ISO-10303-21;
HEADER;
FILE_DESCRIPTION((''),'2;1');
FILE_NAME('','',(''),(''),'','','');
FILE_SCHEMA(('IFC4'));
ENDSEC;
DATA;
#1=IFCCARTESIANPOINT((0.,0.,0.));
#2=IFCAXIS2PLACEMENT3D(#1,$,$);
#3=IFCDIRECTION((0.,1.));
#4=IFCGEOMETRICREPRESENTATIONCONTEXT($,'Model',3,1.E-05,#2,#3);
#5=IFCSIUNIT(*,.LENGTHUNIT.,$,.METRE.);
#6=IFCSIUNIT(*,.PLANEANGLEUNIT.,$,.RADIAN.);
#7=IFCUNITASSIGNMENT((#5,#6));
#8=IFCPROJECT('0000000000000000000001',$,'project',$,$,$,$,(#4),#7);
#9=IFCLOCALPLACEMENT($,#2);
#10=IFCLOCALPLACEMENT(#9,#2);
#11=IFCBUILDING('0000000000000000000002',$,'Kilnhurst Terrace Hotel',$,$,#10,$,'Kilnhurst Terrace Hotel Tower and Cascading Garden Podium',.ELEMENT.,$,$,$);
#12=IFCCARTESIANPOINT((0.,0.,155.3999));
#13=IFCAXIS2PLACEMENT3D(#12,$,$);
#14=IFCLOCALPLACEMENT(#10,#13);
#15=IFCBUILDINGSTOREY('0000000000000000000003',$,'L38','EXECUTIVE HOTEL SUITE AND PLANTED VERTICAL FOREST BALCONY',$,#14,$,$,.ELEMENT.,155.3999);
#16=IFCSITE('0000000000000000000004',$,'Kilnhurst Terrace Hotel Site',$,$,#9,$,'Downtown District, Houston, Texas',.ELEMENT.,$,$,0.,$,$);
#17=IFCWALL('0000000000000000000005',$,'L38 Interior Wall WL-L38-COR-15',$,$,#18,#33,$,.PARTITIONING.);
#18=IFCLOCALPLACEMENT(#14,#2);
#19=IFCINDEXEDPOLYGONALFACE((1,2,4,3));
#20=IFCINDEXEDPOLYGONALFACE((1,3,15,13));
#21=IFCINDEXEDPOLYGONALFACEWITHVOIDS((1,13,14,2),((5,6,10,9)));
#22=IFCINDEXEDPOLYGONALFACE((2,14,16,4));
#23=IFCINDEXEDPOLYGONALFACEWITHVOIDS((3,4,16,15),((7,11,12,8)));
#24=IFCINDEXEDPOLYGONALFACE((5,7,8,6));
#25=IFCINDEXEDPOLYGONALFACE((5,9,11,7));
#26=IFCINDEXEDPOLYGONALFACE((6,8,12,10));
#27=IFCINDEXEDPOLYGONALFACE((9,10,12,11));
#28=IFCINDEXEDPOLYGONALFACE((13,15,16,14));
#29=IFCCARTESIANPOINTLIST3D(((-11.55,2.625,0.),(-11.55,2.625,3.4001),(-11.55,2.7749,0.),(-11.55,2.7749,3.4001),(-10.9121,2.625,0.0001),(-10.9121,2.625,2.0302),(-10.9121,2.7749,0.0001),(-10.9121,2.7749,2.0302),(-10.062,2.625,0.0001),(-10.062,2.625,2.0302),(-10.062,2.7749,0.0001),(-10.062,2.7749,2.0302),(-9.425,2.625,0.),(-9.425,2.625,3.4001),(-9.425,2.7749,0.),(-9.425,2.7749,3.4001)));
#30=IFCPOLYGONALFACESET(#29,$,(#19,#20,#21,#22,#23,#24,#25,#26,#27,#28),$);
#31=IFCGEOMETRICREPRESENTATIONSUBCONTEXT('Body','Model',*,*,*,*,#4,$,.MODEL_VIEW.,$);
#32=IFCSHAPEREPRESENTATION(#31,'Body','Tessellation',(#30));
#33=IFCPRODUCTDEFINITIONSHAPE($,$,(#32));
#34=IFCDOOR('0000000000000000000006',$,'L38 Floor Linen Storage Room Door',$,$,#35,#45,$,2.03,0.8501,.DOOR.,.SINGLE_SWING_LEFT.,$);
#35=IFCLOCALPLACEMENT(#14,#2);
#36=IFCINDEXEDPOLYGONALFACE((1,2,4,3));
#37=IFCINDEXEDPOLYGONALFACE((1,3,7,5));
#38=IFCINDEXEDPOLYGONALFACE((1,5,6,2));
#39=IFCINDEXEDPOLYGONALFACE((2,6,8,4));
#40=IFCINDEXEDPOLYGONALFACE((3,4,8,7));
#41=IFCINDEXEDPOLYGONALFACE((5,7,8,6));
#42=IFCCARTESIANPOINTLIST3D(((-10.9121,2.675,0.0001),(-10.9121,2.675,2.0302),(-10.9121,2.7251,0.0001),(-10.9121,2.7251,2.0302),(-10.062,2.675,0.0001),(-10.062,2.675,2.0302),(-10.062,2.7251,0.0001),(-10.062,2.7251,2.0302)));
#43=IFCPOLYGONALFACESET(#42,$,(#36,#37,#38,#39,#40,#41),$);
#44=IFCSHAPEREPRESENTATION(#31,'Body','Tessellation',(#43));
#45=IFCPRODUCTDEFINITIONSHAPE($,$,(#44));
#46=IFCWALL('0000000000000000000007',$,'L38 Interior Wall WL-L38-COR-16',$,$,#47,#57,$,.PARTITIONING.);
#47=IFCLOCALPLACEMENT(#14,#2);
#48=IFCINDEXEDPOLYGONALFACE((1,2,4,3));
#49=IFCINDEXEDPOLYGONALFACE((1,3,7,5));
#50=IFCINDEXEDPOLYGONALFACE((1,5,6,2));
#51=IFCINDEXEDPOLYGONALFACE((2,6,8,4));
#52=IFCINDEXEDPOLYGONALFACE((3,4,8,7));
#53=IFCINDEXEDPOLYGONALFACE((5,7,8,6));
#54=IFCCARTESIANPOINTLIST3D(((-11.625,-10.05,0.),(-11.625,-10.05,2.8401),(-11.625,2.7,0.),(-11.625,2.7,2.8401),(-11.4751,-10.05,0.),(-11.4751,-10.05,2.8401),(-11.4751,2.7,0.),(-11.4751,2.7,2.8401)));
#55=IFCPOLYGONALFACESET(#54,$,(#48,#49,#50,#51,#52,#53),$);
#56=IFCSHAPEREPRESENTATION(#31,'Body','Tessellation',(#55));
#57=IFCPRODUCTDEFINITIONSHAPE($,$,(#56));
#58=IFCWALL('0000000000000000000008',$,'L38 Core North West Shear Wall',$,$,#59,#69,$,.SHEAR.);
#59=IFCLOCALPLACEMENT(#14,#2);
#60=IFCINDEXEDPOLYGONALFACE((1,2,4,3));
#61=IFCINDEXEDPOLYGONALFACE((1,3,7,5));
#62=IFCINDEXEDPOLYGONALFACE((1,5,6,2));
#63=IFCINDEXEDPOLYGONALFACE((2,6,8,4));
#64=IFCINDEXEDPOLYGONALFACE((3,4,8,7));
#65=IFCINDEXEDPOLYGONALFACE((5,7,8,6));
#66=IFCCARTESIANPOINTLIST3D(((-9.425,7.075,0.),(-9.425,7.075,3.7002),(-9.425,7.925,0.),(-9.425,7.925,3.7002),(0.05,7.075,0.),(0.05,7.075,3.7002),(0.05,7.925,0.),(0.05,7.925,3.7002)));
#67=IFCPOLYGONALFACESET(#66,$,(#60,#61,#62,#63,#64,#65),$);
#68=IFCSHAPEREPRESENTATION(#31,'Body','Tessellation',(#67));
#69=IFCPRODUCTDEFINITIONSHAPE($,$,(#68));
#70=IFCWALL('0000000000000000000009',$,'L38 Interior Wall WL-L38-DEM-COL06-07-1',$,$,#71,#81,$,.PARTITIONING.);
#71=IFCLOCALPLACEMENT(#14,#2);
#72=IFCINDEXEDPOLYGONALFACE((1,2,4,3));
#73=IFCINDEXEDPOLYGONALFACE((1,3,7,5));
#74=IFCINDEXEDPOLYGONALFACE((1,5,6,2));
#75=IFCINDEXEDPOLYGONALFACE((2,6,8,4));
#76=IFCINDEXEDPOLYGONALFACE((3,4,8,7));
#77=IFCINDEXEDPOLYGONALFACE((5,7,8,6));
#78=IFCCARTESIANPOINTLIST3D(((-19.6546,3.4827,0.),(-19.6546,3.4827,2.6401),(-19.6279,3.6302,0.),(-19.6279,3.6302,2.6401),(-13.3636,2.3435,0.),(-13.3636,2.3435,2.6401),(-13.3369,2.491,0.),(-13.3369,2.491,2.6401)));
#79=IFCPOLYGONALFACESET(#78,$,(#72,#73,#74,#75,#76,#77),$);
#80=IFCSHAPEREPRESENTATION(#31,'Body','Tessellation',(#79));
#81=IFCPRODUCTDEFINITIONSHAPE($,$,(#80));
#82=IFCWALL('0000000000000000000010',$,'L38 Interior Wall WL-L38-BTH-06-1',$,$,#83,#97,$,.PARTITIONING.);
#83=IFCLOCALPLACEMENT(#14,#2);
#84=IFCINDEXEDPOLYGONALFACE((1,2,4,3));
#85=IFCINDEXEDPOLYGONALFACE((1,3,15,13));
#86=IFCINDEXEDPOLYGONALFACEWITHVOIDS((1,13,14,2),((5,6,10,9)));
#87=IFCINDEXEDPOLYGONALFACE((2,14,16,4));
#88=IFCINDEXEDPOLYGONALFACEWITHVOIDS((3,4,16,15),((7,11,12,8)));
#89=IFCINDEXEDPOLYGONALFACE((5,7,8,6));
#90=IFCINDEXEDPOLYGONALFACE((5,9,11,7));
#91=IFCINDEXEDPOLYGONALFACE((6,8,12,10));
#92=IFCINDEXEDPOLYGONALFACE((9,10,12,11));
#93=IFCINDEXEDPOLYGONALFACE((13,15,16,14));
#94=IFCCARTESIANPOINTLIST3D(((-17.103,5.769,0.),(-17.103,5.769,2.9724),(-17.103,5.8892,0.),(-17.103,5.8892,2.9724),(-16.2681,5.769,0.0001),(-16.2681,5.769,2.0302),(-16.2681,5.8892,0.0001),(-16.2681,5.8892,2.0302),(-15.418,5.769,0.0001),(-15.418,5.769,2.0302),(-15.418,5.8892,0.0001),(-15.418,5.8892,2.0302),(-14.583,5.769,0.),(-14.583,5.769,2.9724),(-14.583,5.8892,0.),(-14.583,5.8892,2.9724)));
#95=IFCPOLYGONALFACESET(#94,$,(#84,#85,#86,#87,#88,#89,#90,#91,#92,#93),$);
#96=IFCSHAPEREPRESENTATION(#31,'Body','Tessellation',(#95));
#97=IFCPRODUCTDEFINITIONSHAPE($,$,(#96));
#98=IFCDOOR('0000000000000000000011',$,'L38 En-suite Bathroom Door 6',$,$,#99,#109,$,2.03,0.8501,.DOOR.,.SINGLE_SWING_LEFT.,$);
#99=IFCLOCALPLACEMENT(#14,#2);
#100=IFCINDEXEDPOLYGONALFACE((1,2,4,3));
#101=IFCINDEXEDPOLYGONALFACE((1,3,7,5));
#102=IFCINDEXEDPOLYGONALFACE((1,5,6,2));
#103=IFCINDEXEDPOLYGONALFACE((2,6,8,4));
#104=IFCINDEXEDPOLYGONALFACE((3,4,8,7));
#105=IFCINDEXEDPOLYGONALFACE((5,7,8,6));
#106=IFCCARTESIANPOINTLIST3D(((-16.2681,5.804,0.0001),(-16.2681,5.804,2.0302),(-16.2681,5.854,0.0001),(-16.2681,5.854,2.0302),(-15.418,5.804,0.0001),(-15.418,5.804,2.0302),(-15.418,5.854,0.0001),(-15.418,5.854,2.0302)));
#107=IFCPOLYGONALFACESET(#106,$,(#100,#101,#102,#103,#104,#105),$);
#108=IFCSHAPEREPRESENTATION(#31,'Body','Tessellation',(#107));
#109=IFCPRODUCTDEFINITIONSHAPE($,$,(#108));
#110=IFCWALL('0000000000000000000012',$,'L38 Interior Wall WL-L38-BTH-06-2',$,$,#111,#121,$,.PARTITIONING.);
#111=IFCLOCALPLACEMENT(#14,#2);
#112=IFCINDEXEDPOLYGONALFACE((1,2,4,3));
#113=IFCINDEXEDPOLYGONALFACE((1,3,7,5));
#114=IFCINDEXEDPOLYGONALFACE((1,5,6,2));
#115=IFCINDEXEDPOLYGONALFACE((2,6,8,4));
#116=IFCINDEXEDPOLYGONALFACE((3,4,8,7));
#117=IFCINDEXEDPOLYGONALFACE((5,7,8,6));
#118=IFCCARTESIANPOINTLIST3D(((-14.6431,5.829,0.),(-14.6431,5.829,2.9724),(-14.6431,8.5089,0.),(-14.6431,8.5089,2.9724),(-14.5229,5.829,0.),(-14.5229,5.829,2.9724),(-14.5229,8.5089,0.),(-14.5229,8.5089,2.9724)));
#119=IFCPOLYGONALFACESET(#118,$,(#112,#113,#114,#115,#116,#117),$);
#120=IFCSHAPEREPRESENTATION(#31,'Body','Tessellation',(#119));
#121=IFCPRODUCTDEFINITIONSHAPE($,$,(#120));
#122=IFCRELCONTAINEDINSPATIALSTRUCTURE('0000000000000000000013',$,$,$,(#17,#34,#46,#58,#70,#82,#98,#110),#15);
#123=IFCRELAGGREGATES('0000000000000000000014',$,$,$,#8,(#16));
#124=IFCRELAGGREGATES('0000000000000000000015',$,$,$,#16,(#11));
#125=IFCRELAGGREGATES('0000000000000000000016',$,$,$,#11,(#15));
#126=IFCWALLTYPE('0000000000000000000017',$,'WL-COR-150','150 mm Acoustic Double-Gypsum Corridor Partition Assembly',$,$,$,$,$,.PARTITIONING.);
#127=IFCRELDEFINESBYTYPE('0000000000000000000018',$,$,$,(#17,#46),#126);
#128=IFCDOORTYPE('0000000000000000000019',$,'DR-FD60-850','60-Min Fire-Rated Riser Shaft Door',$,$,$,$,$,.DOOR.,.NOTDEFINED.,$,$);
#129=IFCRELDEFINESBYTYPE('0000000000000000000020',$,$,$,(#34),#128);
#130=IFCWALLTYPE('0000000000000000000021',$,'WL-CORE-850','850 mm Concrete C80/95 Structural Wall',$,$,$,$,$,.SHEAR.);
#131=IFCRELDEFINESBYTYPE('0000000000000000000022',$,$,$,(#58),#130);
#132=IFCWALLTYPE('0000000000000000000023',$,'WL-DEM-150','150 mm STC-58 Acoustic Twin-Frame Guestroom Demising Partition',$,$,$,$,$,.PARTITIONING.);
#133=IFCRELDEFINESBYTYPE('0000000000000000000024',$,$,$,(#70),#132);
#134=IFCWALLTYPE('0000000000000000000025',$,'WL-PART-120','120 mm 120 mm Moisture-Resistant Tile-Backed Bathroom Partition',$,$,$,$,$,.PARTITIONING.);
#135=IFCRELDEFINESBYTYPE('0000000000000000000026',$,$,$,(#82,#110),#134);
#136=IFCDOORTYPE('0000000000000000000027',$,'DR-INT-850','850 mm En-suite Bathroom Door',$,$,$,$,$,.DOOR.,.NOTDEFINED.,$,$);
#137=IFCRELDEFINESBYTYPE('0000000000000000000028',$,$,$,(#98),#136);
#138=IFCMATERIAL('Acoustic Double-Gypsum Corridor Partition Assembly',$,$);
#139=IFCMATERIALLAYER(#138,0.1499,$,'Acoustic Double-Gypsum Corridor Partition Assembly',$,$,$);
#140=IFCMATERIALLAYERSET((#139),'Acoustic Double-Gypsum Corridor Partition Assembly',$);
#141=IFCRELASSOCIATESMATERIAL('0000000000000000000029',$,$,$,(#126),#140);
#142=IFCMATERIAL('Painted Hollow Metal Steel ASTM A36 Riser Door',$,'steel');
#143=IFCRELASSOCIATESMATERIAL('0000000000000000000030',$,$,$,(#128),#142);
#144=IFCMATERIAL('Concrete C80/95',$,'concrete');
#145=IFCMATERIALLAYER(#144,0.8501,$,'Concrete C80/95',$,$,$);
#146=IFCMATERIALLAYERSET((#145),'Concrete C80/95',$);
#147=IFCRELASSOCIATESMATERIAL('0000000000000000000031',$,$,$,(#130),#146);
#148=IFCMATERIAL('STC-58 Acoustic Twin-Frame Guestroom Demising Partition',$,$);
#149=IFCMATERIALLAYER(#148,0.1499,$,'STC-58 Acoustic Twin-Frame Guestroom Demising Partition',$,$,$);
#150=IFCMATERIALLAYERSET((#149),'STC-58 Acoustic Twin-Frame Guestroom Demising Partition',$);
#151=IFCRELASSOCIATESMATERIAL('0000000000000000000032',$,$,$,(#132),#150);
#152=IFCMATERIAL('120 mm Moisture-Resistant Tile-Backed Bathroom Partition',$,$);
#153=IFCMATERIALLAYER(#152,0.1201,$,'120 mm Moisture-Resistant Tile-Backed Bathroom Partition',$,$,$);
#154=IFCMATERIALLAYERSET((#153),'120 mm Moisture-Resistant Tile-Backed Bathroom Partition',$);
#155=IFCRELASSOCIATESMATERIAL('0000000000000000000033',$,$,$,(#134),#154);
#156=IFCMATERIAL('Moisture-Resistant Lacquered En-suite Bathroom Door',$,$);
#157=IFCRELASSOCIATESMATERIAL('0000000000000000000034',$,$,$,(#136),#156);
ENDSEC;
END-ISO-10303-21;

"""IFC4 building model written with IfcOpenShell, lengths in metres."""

from ifc_helpers import new_model, si_unit, direction, frame, frame_2d, origin, place, context, subcontext, project, spatial, rectangle, extrude, material, layer, layer_set, type_object, element, fill, save


model = new_model("IFC4")

# Units and contexts
model_context = context("Model", 3, precision=1e-05, world=origin(), true_north=direction((0.0, 1.0)))
body_context = subcontext(model_context, "Body", "Model", "MODEL_VIEW")
ifc_project = project(units=[si_unit("LENGTHUNIT", "METRE"), si_unit("PLANEANGLEUNIT", "RADIAN")], contexts=[model_context])

# Site, building, storey
site_placement = place(None, origin())
site = spatial("IfcSite", under=ifc_project, at=site_placement, Name="Kilnhurst Terrace Hotel Site", LongName="Downtown District, Houston, Texas", CompositionType="ELEMENT", RefElevation=0.0)
building_placement = place(site_placement, origin())
building = spatial("IfcBuilding", under=site, at=building_placement, Name="Kilnhurst Terrace Hotel", LongName="Kilnhurst Terrace Hotel Tower and Cascading Garden Podium", CompositionType="ELEMENT")
storey_placement = place(building_placement, frame((0.0, 0.0, 155.3999)))
storey = spatial("IfcBuildingStorey", under=building, at=storey_placement, Name="L38", Description="EXECUTIVE HOTEL SUITE AND PLANTED VERTICAL FOREST BALCONY", CompositionType="ELEMENT", Elevation=155.3999)

# Shared definitions
ifc_material_1 = material(Name="Concrete C80/95", Category="concrete")

# Shared definitions
ifc_material_2 = material(Name="Acoustic Double-Gypsum Corridor Partition Assembly")
ifc_layer_1 = layer(ifc_material_2, 0.1499, Name="Acoustic Double-Gypsum Corridor Partition Assembly")
ifc_layer_set_1 = layer_set([ifc_layer_1], Name="Acoustic Double-Gypsum Corridor Partition Assembly")
wall_type_1 = type_object("IfcWallType", Name="WL-COR-150", Description="150 mm Acoustic Double-Gypsum Corridor Partition Assembly", PredefinedType="PARTITIONING", material=ifc_layer_set_1)

# Wall, opening, door
wall_1_placement = place(storey_placement, frame((-9.425, 2.7, 0.0), z_axis=(0.0, 0.0, 1.0), x_axis=(-1.0, 0.0, 0.0)))
wall_1 = element("IfcWall", 1, at=wall_1_placement, inside=storey, type_object=wall_type_1, Name="L38 Interior Wall WL-L38-COR-15", PredefinedType="PARTITIONING", context=body_context, shape_type="SweptSolid", body=[
    extrude(rectangle(XDim=2.125, YDim=0.1499, at=frame_2d((1.0625, 0.0))), origin(), (0.0, 0.0, 1.0), 3.4001),
])
opening_1_placement = place(wall_1_placement, frame((0.637, 0.0, 0.0)))
opening_1 = element("IfcOpeningElement", 2, at=opening_1_placement, cuts=wall_1, PredefinedType="OPENING", context=body_context, shape_type="SweptSolid", body=[
    extrude(rectangle(XDim=0.8501, YDim=2.03, at=frame_2d((0.425, 1.0151))), frame((0.0, 0.085, 0.0), z_axis=(0.0, -1.0, 0.0), x_axis=(1.0, 0.0, 0.0)), (0.0, 0.0, 1.0), 0.1699),
])
ifc_material_3 = material(Name="Painted Hollow Metal Steel ASTM A36 Riser Door", Category="steel")
door_type_1 = type_object("IfcDoorType", Name="DR-FD60-850", Description="60-Min Fire-Rated Riser Shaft Door", OperationType="NOTDEFINED", PredefinedType="DOOR", material=ifc_material_3)
door_1_placement = place(opening_1_placement, origin())
door_1 = element("IfcDoor", 3, at=door_1_placement, inside=storey, type_object=door_type_1, Name="L38 Floor Linen Storage Room Door", OperationType="SINGLE_SWING_LEFT", OverallHeight=2.03, OverallWidth=0.8501, PredefinedType="DOOR", context=body_context, shape_type="SweptSolid", body=[
    extrude(rectangle(XDim=0.8501, YDim=2.03, at=frame_2d((0.425, 1.0151))), frame((0.0, 0.0249, 0.0), z_axis=(0.0, -1.0, 0.0), x_axis=(1.0, 0.0, 0.0)), (0.0, 0.0, 1.0), 0.05),
])
fill(opening_1, door_1)

# Walls
wall_2_placement = place(storey_placement, frame((-11.55, 2.7, 0.0), z_axis=(0.0, 0.0, 1.0), x_axis=(0.0, -1.0, 0.0)))
element("IfcWall", 4, at=wall_2_placement, inside=storey, type_object=wall_type_1, Name="L38 Interior Wall WL-L38-COR-16", PredefinedType="PARTITIONING", context=body_context, shape_type="SweptSolid", body=[
    extrude(rectangle(XDim=12.75, YDim=0.1499, at=frame_2d((6.375, 0.0))), origin(), (0.0, 0.0, 1.0), 2.8401),
])
ifc_layer_2 = layer(ifc_material_1, 0.8501, Name="Concrete C80/95")
ifc_layer_set_2 = layer_set([ifc_layer_2], Name="Concrete C80/95")
wall_type_2 = type_object("IfcWallType", Name="WL-CORE-850", Description="850 mm Concrete C80/95 Structural Wall", PredefinedType="SHEAR", material=ifc_layer_set_2)
wall_3_placement = place(storey_placement, frame((-9.425, 7.5, 0.0), z_axis=(0.0, 0.0, 1.0), x_axis=(1.0, 0.0, 0.0)))
element("IfcWall", 5, at=wall_3_placement, inside=storey, type_object=wall_type_2, Name="L38 Core North West Shear Wall", PredefinedType="SHEAR", context=body_context, shape_type="SweptSolid", body=[
    extrude(rectangle(XDim=9.4751, YDim=0.8501, at=frame_2d((4.7375, 0.0))), origin(), (0.0, 0.0, 1.0), 3.7002),
])
ifc_material_4 = material(Name="STC-58 Acoustic Twin-Frame Guestroom Demising Partition")
ifc_layer_3 = layer(ifc_material_4, 0.1499, Name="STC-58 Acoustic Twin-Frame Guestroom Demising Partition")
ifc_layer_set_3 = layer_set([ifc_layer_3], Name="STC-58 Acoustic Twin-Frame Guestroom Demising Partition")
wall_type_3 = type_object("IfcWallType", Name="WL-DEM-150", Description="150 mm STC-58 Acoustic Twin-Frame Guestroom Demising Partition", PredefinedType="PARTITIONING", material=ifc_layer_set_3)
wall_4_placement = place(storey_placement, frame((-13.3501, 2.4172, 0.0), z_axis=(0.0, 0.0, 1.0), x_axis=(-0.983998, 0.17818, 0.0)))
element("IfcWall", 6, at=wall_4_placement, inside=storey, type_object=wall_type_3, Name="L38 Interior Wall WL-L38-DEM-COL06-07-1", PredefinedType="PARTITIONING", context=body_context, shape_type="SweptSolid", body=[
    extrude(rectangle(XDim=6.3933, YDim=0.1499, at=frame_2d((3.1968, 0.0))), origin(), (0.0, 0.0, 1.0), 2.6401),
])

# Wall, opening, door
ifc_material_5 = material(Name="120 mm Moisture-Resistant Tile-Backed Bathroom Partition")
ifc_layer_4 = layer(ifc_material_5, 0.1201, Name="120 mm Moisture-Resistant Tile-Backed Bathroom Partition")
ifc_layer_set_4 = layer_set([ifc_layer_4], Name="120 mm Moisture-Resistant Tile-Backed Bathroom Partition")
wall_type_4 = type_object("IfcWallType", Name="WL-PART-120", Description="120 mm 120 mm Moisture-Resistant Tile-Backed Bathroom Partition", PredefinedType="PARTITIONING", material=ifc_layer_set_4)
wall_5_placement = place(storey_placement, frame((-17.103, 5.8291, 0.0), z_axis=(0.0, 0.0, 1.0), x_axis=(1.0, 0.0, 0.0)))
wall_5 = element("IfcWall", 7, at=wall_5_placement, inside=storey, type_object=wall_type_4, Name="L38 Interior Wall WL-L38-BTH-06-1", PredefinedType="PARTITIONING", context=body_context, shape_type="SweptSolid", body=[
    extrude(rectangle(XDim=2.52, YDim=0.1201, at=frame_2d((1.26, 0.0))), origin(), (0.0, 0.0, 1.0), 2.9724),
])
opening_2_placement = place(wall_5_placement, frame((0.835, 0.0, 0.0)))
opening_2 = element("IfcOpeningElement", 8, at=opening_2_placement, cuts=wall_5, PredefinedType="OPENING", context=body_context, shape_type="SweptSolid", body=[
    extrude(rectangle(XDim=0.8501, YDim=2.03, at=frame_2d((0.425, 1.0151))), frame((0.0, 0.0701, 0.0), z_axis=(0.0, -1.0, 0.0), x_axis=(1.0, 0.0, 0.0)), (0.0, 0.0, 1.0), 0.1401),
])
ifc_material_6 = material(Name="Moisture-Resistant Lacquered En-suite Bathroom Door")
door_type_2 = type_object("IfcDoorType", Name="DR-INT-850", Description="850 mm En-suite Bathroom Door", OperationType="NOTDEFINED", PredefinedType="DOOR", material=ifc_material_6)
door_2_placement = place(opening_2_placement, origin())
door_2 = element("IfcDoor", 9, at=door_2_placement, inside=storey, type_object=door_type_2, Name="L38 En-suite Bathroom Door 6", OperationType="SINGLE_SWING_LEFT", OverallHeight=2.03, OverallWidth=0.8501, PredefinedType="DOOR", context=body_context, shape_type="SweptSolid", body=[
    extrude(rectangle(XDim=0.8501, YDim=2.03, at=frame_2d((0.425, 1.0151))), frame((0.0, 0.0249, 0.0), z_axis=(0.0, -1.0, 0.0), x_axis=(1.0, 0.0, 0.0)), (0.0, 0.0, 1.0), 0.05),
])
fill(opening_2, door_2)

# Wall
wall_6_placement = place(storey_placement, frame((-14.583, 5.8291, 0.0), z_axis=(0.0, 0.0, 1.0), x_axis=(0.0, 1.0, 0.0)))
element("IfcWall", 10, at=wall_6_placement, inside=storey, type_object=wall_type_4, Name="L38 Interior Wall WL-L38-BTH-06-2", PredefinedType="PARTITIONING", context=body_context, shape_type="SweptSolid", body=[
    extrude(rectangle(XDim=2.6799, YDim=0.1201, at=frame_2d((1.3398, 0.0))), origin(), (0.0, 0.0, 1.0), 2.9724),
])

save(model, "model.ifc")
